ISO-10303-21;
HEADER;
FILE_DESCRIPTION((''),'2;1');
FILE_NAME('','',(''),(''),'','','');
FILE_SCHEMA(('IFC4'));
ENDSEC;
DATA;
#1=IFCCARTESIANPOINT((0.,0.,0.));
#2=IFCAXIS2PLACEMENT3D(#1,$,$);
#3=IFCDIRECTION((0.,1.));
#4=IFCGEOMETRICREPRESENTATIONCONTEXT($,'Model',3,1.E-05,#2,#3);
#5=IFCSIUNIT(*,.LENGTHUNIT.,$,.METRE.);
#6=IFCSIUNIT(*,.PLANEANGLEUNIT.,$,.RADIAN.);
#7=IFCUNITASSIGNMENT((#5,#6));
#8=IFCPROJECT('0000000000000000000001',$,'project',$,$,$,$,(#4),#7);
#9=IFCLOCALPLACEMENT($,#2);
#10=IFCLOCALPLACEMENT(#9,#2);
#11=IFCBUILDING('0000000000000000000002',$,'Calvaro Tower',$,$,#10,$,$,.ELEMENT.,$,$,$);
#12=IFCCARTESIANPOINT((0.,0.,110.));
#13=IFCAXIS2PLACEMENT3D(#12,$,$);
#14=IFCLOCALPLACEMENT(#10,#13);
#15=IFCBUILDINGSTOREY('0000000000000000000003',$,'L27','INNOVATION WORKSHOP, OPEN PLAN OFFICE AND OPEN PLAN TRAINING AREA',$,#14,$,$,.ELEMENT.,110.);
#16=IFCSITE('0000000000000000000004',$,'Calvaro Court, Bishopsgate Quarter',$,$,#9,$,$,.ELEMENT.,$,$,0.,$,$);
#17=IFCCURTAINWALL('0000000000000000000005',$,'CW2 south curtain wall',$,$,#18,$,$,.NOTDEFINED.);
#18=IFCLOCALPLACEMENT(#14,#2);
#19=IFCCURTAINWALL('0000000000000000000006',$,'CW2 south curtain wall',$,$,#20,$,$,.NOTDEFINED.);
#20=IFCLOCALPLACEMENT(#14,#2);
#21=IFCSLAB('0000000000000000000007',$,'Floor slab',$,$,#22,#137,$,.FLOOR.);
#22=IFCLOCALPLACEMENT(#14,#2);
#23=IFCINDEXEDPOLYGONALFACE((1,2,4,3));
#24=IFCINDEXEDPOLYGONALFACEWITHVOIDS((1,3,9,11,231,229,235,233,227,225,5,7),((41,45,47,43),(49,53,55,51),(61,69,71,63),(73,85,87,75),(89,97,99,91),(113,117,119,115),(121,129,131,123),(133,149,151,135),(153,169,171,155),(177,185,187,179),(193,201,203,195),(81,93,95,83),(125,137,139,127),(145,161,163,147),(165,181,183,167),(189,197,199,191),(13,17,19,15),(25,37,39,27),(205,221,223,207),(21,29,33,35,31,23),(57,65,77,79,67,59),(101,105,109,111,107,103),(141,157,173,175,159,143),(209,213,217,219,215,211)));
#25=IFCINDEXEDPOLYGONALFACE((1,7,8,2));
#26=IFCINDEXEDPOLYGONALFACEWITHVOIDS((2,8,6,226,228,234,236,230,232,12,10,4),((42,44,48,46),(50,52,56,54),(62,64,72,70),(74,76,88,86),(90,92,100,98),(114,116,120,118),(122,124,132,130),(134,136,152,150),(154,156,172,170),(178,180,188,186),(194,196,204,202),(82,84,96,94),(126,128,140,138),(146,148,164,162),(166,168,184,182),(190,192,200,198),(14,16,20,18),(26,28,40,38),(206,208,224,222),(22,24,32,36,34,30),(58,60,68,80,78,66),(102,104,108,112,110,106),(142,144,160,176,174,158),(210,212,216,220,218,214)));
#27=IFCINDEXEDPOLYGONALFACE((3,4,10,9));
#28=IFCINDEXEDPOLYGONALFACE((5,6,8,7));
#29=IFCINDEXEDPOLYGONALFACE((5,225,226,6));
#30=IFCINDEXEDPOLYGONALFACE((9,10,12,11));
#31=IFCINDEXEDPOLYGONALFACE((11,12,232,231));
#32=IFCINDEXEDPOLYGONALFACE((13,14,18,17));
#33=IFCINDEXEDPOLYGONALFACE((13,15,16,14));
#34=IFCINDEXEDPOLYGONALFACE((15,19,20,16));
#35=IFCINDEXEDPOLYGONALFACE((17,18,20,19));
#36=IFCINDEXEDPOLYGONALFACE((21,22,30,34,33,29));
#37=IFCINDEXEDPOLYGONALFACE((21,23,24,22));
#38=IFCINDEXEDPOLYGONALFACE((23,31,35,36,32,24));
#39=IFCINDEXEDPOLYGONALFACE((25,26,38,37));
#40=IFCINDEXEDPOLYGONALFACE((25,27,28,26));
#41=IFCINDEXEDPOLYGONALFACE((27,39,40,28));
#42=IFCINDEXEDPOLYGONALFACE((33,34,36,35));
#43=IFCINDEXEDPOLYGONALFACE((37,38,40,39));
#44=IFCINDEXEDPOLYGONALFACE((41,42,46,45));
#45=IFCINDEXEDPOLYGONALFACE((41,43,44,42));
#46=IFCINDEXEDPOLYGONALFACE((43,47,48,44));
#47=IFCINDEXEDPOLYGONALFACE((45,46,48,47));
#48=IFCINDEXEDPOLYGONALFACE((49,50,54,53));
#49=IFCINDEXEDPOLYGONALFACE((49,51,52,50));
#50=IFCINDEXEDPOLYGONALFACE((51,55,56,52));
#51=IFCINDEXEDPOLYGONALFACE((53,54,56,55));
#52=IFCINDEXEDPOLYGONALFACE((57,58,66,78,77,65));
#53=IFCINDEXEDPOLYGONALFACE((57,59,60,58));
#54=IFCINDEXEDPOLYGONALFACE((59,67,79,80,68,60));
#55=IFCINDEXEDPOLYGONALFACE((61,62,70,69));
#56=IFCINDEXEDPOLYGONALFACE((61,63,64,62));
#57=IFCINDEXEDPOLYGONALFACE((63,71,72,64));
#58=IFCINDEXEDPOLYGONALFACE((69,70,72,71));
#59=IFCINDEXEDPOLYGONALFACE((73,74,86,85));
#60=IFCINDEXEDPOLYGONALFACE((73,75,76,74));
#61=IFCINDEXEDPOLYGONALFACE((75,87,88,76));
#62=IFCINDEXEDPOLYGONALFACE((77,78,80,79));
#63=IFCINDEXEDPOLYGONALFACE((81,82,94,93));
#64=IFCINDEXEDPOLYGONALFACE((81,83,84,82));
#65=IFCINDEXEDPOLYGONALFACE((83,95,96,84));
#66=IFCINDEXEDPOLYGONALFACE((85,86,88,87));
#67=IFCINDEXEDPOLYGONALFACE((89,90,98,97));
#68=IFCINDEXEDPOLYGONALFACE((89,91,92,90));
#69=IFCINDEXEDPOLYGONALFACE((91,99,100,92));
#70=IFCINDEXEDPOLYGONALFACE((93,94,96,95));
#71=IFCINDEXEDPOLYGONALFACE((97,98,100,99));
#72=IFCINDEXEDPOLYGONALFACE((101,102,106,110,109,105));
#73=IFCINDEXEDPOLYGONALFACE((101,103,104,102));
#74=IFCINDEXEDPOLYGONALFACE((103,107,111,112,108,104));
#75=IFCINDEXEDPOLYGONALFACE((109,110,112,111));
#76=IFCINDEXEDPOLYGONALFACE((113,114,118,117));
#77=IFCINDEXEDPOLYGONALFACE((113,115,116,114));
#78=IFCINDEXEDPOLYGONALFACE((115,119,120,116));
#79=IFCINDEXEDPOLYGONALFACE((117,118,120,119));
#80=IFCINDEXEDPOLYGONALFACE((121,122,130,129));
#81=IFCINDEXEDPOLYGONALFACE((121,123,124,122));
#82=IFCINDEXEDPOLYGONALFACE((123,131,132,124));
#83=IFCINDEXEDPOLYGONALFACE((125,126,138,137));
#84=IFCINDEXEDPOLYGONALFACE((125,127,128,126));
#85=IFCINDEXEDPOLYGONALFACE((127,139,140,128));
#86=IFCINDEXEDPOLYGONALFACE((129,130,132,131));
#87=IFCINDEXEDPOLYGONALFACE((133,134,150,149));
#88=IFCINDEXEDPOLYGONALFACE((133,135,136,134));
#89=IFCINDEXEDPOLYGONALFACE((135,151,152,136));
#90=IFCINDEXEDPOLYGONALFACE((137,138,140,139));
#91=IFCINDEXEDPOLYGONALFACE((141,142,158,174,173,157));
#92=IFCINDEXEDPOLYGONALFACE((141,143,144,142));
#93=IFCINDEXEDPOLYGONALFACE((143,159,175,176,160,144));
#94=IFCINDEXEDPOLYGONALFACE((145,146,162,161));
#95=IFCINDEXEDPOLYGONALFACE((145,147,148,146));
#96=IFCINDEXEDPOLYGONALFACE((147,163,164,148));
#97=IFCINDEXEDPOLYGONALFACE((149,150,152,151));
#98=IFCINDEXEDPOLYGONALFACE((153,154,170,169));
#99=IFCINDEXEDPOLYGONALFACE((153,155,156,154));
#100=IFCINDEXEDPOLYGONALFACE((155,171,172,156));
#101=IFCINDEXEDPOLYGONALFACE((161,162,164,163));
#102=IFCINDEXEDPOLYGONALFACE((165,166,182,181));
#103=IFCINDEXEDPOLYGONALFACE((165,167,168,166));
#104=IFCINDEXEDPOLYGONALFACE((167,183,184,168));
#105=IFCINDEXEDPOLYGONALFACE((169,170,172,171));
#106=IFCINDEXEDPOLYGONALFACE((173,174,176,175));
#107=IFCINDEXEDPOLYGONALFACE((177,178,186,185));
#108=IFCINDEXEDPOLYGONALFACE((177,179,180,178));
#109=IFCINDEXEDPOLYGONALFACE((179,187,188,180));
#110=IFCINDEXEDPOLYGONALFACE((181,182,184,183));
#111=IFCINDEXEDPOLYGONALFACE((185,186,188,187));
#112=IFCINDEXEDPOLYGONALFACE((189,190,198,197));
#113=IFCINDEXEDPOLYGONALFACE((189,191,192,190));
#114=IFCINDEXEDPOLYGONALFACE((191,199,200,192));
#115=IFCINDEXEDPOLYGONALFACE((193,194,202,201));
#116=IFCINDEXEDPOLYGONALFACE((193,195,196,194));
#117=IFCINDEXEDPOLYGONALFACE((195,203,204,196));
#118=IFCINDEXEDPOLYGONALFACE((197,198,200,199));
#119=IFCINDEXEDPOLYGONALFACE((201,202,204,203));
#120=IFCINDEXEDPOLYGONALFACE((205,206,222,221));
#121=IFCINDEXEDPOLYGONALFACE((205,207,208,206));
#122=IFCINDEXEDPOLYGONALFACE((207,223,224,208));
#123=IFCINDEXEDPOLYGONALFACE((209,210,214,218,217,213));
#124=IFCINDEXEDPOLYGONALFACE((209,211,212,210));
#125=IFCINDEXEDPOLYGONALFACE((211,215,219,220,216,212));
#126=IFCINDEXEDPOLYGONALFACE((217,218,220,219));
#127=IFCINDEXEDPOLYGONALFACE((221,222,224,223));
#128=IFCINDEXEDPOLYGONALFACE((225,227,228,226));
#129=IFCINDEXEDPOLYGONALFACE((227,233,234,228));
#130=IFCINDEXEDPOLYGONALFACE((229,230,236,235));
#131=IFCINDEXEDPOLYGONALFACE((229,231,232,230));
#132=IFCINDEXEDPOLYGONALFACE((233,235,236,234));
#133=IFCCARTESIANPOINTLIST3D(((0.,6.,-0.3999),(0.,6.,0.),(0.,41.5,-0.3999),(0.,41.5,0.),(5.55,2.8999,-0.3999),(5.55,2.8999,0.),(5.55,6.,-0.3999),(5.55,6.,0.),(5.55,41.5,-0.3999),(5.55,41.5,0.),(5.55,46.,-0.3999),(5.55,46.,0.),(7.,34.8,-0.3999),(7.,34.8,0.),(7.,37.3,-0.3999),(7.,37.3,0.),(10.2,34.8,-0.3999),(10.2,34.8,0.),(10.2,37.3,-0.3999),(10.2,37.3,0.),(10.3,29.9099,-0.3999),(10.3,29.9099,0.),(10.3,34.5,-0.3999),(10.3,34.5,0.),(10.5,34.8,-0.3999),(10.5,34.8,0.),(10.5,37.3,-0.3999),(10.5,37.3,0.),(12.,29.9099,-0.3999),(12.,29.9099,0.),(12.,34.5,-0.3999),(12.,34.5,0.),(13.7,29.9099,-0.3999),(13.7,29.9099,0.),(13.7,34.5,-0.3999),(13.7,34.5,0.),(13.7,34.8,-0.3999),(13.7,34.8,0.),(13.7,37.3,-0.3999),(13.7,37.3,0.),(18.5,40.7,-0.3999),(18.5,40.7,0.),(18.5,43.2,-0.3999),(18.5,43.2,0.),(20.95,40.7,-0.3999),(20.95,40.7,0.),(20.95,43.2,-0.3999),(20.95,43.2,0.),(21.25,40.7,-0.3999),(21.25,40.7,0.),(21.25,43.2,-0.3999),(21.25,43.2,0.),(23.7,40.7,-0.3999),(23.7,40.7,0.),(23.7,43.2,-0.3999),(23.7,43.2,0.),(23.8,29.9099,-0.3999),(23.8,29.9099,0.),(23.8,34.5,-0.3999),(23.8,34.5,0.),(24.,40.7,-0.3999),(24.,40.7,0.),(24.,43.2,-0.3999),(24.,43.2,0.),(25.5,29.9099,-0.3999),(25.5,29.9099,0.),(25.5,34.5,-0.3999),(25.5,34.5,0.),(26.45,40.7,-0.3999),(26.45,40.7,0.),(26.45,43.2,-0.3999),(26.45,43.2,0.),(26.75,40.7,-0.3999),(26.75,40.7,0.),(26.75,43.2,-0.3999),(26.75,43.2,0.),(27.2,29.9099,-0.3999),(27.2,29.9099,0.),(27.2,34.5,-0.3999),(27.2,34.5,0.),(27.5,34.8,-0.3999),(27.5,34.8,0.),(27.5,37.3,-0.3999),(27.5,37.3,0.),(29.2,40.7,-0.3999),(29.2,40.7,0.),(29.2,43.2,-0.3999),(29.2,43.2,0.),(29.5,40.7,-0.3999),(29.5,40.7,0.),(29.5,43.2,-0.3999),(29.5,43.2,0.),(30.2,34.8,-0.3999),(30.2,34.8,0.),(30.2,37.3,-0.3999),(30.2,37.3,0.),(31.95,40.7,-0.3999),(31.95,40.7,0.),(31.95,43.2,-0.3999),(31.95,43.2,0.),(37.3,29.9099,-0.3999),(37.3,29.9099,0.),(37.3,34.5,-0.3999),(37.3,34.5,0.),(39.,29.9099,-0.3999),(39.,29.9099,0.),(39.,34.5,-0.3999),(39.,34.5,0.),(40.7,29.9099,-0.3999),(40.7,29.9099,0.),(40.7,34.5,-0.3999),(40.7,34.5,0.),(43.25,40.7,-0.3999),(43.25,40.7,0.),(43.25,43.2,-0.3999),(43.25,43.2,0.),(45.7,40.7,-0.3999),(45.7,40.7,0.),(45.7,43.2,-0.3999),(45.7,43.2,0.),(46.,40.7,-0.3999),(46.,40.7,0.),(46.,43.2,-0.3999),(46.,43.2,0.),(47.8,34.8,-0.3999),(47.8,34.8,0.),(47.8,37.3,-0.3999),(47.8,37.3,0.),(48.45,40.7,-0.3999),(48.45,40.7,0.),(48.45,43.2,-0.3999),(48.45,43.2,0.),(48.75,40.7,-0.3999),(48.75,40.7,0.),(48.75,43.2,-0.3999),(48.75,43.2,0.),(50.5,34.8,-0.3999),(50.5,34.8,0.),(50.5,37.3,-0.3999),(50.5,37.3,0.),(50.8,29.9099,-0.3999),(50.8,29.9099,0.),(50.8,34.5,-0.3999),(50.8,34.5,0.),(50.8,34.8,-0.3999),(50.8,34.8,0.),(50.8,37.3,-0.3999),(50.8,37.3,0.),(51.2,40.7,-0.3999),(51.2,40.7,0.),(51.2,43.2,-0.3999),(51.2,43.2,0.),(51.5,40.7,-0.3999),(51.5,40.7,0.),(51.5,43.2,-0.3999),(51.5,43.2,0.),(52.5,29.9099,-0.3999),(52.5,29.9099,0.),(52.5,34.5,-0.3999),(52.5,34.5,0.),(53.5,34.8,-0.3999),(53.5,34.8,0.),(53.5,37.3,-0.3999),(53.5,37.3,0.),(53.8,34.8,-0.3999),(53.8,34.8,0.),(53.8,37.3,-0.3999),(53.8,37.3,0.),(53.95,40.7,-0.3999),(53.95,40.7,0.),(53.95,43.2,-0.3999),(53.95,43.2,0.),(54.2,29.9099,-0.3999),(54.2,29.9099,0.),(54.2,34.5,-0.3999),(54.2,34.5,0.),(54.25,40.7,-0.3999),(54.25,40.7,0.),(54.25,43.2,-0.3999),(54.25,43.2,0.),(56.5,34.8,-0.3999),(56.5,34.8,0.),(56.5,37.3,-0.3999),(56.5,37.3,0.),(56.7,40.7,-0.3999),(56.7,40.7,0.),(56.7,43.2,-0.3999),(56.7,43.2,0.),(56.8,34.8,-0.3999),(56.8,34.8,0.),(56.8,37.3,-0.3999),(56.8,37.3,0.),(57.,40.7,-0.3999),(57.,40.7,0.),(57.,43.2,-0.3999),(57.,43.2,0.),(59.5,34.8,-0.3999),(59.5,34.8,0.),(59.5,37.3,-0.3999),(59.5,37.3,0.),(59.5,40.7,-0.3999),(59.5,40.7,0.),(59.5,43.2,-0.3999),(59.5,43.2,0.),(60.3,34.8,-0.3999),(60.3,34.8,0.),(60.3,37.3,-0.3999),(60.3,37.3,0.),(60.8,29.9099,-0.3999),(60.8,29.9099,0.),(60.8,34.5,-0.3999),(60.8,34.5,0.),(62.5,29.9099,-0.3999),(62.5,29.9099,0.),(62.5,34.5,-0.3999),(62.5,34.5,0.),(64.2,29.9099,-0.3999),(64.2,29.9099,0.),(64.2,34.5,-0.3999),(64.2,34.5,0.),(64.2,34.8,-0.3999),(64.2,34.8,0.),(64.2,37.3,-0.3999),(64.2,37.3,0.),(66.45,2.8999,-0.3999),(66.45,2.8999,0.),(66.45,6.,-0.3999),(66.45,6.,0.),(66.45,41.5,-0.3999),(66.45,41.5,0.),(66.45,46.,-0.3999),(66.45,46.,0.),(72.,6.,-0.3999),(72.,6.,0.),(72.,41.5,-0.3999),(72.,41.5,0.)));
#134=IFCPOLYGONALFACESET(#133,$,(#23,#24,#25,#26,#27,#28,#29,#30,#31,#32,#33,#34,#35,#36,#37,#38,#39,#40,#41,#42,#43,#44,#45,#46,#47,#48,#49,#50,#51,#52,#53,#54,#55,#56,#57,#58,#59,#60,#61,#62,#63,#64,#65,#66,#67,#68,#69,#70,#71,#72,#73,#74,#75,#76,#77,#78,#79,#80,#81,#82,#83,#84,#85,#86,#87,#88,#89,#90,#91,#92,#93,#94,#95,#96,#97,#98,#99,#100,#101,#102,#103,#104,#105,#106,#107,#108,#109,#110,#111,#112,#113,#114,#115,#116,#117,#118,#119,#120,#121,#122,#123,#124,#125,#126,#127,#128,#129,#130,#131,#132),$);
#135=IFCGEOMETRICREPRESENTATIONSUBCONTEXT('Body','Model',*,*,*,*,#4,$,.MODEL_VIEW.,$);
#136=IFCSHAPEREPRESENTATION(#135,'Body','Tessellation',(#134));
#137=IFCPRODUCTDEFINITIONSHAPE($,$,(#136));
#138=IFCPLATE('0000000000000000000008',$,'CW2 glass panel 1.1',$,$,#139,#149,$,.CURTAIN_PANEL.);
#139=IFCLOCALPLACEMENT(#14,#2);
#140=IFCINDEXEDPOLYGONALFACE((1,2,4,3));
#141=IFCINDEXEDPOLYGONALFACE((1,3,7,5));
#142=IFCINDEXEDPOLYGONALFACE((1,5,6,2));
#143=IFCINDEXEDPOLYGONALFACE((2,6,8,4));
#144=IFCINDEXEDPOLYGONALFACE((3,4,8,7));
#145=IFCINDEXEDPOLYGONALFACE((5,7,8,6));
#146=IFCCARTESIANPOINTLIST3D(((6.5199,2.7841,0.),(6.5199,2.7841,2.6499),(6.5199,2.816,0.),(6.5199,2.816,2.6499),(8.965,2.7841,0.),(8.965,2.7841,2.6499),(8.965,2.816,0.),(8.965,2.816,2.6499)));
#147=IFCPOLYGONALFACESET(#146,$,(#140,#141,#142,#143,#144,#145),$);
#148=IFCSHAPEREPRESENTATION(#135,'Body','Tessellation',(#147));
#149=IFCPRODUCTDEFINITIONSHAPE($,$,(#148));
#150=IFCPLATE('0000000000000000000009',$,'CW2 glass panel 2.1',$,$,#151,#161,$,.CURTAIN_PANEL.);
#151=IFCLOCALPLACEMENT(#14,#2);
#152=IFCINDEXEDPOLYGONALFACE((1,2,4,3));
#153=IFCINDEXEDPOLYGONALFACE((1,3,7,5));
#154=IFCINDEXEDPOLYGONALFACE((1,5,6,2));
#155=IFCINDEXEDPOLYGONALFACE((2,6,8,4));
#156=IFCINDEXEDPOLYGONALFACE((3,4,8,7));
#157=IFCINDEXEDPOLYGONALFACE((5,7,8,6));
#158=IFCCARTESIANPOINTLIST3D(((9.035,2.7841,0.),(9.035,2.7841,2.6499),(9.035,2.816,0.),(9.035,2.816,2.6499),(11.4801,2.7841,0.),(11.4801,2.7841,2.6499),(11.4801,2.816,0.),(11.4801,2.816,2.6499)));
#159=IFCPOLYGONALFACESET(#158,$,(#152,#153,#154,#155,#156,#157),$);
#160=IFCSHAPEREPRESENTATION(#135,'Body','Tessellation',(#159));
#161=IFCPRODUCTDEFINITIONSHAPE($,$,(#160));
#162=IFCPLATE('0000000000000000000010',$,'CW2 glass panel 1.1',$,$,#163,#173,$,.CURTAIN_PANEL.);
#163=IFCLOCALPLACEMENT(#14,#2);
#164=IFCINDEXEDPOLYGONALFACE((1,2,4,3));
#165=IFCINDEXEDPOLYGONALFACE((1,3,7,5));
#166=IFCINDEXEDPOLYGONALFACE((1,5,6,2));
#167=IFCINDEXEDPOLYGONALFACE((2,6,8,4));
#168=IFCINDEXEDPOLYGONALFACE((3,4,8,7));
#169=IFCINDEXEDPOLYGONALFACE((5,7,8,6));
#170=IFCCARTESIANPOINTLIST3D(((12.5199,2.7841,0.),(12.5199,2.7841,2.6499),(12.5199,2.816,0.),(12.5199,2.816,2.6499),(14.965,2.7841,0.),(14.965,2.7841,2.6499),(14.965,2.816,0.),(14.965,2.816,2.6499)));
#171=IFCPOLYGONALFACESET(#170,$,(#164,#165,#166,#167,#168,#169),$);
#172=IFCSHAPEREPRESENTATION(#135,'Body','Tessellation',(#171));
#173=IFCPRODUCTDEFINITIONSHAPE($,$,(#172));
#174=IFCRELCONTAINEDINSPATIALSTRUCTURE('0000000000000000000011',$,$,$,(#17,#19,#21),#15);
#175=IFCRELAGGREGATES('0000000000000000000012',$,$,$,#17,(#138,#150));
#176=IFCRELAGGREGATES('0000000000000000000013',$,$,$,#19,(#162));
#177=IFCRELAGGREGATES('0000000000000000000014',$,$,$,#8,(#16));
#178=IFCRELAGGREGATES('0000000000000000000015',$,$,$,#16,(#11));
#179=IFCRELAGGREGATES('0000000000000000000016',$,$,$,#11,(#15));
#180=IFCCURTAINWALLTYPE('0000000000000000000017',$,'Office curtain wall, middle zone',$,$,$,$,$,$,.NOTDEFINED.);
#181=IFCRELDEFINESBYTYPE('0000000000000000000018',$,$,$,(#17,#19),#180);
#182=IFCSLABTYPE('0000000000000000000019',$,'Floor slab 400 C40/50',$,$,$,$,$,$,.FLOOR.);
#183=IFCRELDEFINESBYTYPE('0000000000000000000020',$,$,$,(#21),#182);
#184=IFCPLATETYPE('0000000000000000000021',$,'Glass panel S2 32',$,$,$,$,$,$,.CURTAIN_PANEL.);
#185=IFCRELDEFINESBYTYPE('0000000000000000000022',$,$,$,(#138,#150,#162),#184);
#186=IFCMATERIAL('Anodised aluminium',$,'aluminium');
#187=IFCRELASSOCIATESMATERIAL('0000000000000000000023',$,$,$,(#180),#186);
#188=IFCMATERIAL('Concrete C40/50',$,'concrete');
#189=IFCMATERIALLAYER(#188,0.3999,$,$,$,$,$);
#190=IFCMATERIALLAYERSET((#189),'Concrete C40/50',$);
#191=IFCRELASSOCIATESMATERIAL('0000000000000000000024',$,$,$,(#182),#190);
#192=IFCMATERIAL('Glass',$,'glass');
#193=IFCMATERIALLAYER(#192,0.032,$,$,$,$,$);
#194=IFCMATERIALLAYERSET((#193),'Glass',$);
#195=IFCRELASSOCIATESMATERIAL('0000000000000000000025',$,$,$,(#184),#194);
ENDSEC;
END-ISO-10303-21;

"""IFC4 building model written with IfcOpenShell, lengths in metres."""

from ifc_helpers import new_model, si_unit, direction, frame, origin, origin_2d, place, context, subcontext, project, spatial, polyline, rectangle, outline, extrude, material, layer, layer_set, type_object, element, aggregate, save


model = new_model("IFC4")

# Units and contexts
model_context = context("Model", 3, precision=1e-05, world=origin(), true_north=direction((0.0, 1.0)))
body_context = subcontext(model_context, "Body", "Model", "MODEL_VIEW")
ifc_project = project(units=[si_unit("LENGTHUNIT", "METRE"), si_unit("PLANEANGLEUNIT", "RADIAN")], contexts=[model_context])

# Site, building, storey
site_placement = place(None, origin())
site = spatial("IfcSite", under=ifc_project, at=site_placement, Name="Calvaro Court, Bishopsgate Quarter", CompositionType="ELEMENT", RefElevation=0.0)
building_placement = place(site_placement, origin())
building = spatial("IfcBuilding", under=site, at=building_placement, Name="Calvaro Tower", CompositionType="ELEMENT")
storey_placement = place(building_placement, frame((0.0, 0.0, 110.0)))
storey = spatial("IfcBuildingStorey", under=building, at=storey_placement, Name="L27", Description="INNOVATION WORKSHOP, OPEN PLAN OFFICE AND OPEN PLAN TRAINING AREA", CompositionType="ELEMENT", Elevation=110.0)

# Curtain walls
ifc_material_1 = material(Name="Anodised aluminium", Category="aluminium")
curtain_wall_type = type_object("IfcCurtainWallType", Name="Office curtain wall, middle zone", PredefinedType="NOTDEFINED", material=ifc_material_1)
curtain_wall_1_placement = place(storey_placement, origin())
curtain_wall_1 = element("IfcCurtainWall", 1, at=curtain_wall_1_placement, inside=storey, type_object=curtain_wall_type, Name="CW2 south curtain wall", PredefinedType="NOTDEFINED")
curtain_wall_2_placement = place(storey_placement, origin())
curtain_wall_2 = element("IfcCurtainWall", 2, at=curtain_wall_2_placement, inside=storey, type_object=curtain_wall_type, Name="CW2 south curtain wall", PredefinedType="NOTDEFINED")

# Slab
ifc_material_2 = material(Name="Concrete C40/50", Category="concrete")
ifc_layer_1 = layer(ifc_material_2, 0.3999)
ifc_layer_set_1 = layer_set([ifc_layer_1], Name="Concrete C40/50")
slab_type_1 = type_object("IfcSlabType", Name="Floor slab 400 C40/50", PredefinedType="FLOOR", material=ifc_layer_set_1)
slab_1_placement = place(storey_placement, frame((0.0, 0.0, -0.3999)))
element("IfcSlab", 3, at=slab_1_placement, inside=storey, type_object=slab_type_1, Name="Floor slab", PredefinedType="FLOOR", context=body_context, shape_type="SweptSolid", body=[
    extrude(outline(polyline([(66.45, 6.0), (66.45, 2.8999), (5.55, 2.8999), (5.55, 6.0), (0.0, 6.0), (0.0, 41.5), (5.55, 41.5), (5.55, 46.0), (66.45, 46.0), (66.45, 41.5), (72.0, 41.5), (72.0, 6.0), (66.45, 6.0)]), holes=[polyline([(10.3, 29.9099), (10.3, 34.5), (12.0, 34.5), (13.7, 34.5), (13.7, 29.9099), (12.0, 29.9099), (10.3, 29.9099)]), polyline([(23.8, 29.9099), (23.8, 34.5), (25.5, 34.5), (27.2, 34.5), (27.2, 29.9099), (25.5, 29.9099), (23.8, 29.9099)]), polyline([(37.3, 29.9099), (37.3, 34.5), (39.0, 34.5), (40.7, 34.5), (40.7, 29.9099), (39.0, 29.9099), (37.3, 29.9099)]), polyline([(50.8, 29.9099), (50.8, 34.5), (52.5, 34.5), (54.2, 34.5), (54.2, 29.9099), (52.5, 29.9099), (50.8, 29.9099)]), polyline([(60.8, 29.9099), (60.8, 34.5), (62.5, 34.5), (64.2, 34.5), (64.2, 29.9099), (62.5, 29.9099), (60.8, 29.9099)]), polyline([(50.8, 34.8), (53.5, 34.8), (53.5, 37.3), (50.8, 37.3), (50.8, 34.8)]), polyline([(53.8, 34.8), (56.5, 34.8), (56.5, 37.3), (53.8, 37.3), (53.8, 34.8)]), polyline([(56.8, 34.8), (59.5, 34.8), (59.5, 37.3), (56.8, 37.3), (56.8, 34.8)]), polyline([(18.5, 40.7), (20.95, 40.7), (20.95, 43.2), (18.5, 43.2), (18.5, 40.7)]), polyline([(21.25, 40.7), (23.7, 40.7), (23.7, 43.2), (21.25, 43.2), (21.25, 40.7)]), polyline([(24.0, 40.7), (26.45, 40.7), (26.45, 43.2), (24.0, 43.2), (24.0, 40.7)]), polyline([(26.75, 40.7), (29.2, 40.7), (29.2, 43.2), (26.75, 43.2), (26.75, 40.7)]), polyline([(29.5, 40.7), (31.95, 40.7), (31.95, 43.2), (29.5, 43.2), (29.5, 40.7)]), polyline([(43.25, 40.7), (45.7, 40.7), (45.7, 43.2), (43.25, 43.2), (43.25, 40.7)]), polyline([(46.0, 40.7), (48.45, 40.7), (48.45, 43.2), (46.0, 43.2), (46.0, 40.7)]), polyline([(48.75, 40.7), (51.2, 40.7), (51.2, 43.2), (48.75, 43.2), (48.75, 40.7)]), polyline([(51.5, 40.7), (53.95, 40.7), (53.95, 43.2), (51.5, 43.2), (51.5, 40.7)]), polyline([(54.25, 40.7), (56.7, 40.7), (56.7, 43.2), (54.25, 43.2), (54.25, 40.7)]), polyline([(57.0, 40.7), (59.5, 40.7), (59.5, 43.2), (57.0, 43.2), (57.0, 40.7)]), polyline([(7.0, 34.8), (10.2, 34.8), (10.2, 37.3), (7.0, 37.3), (7.0, 34.8)]), polyline([(10.5, 34.8), (13.7, 34.8), (13.7, 37.3), (10.5, 37.3), (10.5, 34.8)]), polyline([(60.3, 34.8), (64.2, 34.8), (64.2, 37.3), (60.3, 37.3), (60.3, 34.8)]), polyline([(27.5, 34.8), (30.2, 34.8), (30.2, 37.3), (27.5, 37.3), (27.5, 34.8)]), polyline([(47.8, 34.8), (50.5, 34.8), (50.5, 37.3), (47.8, 37.3), (47.8, 34.8)])]), origin(), (0.0, 0.0, 1.0), 0.3999),
])

# Plates
ifc_material_3 = material(Name="Glass", Category="glass")
ifc_layer_2 = layer(ifc_material_3, 0.032)
ifc_layer_set_2 = layer_set([ifc_layer_2], Name="Glass")
plate_type = type_object("IfcPlateType", Name="Glass panel S2 32", PredefinedType="CURTAIN_PANEL", material=ifc_layer_set_2)
plate_1_placement = place(storey_placement, frame((7.7424, 2.8, 0.0), z_axis=(0.0, 0.0, 1.0), x_axis=(1.0, 0.0, 0.0)))
plate_1 = element("IfcPlate", 4, at=plate_1_placement, type_object=plate_type, Name="CW2 glass panel 1.1", PredefinedType="CURTAIN_PANEL", context=body_context, shape_type="SweptSolid", body=[
    extrude(rectangle(XDim=2.4451, YDim=0.032, at=origin_2d()), origin(), (0.0, 0.0, 1.0), 2.6499),
])
plate_2_placement = place(storey_placement, frame((10.2576, 2.8, 0.0), z_axis=(0.0, 0.0, 1.0), x_axis=(1.0, 0.0, 0.0)))
plate_2 = element("IfcPlate", 5, at=plate_2_placement, type_object=plate_type, Name="CW2 glass panel 2.1", PredefinedType="CURTAIN_PANEL", context=body_context, shape_type="SweptSolid", body=[
    extrude(rectangle(XDim=2.4451, YDim=0.032, at=origin_2d()), origin(), (0.0, 0.0, 1.0), 2.6499),
])
aggregate(curtain_wall_1, [plate_1, plate_2])
plate_3_placement = place(storey_placement, frame((13.7424, 2.8, 0.0), z_axis=(0.0, 0.0, 1.0), x_axis=(1.0, 0.0, 0.0)))
plate_3 = element("IfcPlate", 6, at=plate_3_placement, type_object=plate_type, Name="CW2 glass panel 1.1", PredefinedType="CURTAIN_PANEL", context=body_context, shape_type="SweptSolid", body=[
    extrude(rectangle(XDim=2.4451, YDim=0.032, at=origin_2d()), origin(), (0.0, 0.0, 1.0), 2.6499),
])
aggregate(curtain_wall_2, [plate_3])

save(model, "model.ifc")
